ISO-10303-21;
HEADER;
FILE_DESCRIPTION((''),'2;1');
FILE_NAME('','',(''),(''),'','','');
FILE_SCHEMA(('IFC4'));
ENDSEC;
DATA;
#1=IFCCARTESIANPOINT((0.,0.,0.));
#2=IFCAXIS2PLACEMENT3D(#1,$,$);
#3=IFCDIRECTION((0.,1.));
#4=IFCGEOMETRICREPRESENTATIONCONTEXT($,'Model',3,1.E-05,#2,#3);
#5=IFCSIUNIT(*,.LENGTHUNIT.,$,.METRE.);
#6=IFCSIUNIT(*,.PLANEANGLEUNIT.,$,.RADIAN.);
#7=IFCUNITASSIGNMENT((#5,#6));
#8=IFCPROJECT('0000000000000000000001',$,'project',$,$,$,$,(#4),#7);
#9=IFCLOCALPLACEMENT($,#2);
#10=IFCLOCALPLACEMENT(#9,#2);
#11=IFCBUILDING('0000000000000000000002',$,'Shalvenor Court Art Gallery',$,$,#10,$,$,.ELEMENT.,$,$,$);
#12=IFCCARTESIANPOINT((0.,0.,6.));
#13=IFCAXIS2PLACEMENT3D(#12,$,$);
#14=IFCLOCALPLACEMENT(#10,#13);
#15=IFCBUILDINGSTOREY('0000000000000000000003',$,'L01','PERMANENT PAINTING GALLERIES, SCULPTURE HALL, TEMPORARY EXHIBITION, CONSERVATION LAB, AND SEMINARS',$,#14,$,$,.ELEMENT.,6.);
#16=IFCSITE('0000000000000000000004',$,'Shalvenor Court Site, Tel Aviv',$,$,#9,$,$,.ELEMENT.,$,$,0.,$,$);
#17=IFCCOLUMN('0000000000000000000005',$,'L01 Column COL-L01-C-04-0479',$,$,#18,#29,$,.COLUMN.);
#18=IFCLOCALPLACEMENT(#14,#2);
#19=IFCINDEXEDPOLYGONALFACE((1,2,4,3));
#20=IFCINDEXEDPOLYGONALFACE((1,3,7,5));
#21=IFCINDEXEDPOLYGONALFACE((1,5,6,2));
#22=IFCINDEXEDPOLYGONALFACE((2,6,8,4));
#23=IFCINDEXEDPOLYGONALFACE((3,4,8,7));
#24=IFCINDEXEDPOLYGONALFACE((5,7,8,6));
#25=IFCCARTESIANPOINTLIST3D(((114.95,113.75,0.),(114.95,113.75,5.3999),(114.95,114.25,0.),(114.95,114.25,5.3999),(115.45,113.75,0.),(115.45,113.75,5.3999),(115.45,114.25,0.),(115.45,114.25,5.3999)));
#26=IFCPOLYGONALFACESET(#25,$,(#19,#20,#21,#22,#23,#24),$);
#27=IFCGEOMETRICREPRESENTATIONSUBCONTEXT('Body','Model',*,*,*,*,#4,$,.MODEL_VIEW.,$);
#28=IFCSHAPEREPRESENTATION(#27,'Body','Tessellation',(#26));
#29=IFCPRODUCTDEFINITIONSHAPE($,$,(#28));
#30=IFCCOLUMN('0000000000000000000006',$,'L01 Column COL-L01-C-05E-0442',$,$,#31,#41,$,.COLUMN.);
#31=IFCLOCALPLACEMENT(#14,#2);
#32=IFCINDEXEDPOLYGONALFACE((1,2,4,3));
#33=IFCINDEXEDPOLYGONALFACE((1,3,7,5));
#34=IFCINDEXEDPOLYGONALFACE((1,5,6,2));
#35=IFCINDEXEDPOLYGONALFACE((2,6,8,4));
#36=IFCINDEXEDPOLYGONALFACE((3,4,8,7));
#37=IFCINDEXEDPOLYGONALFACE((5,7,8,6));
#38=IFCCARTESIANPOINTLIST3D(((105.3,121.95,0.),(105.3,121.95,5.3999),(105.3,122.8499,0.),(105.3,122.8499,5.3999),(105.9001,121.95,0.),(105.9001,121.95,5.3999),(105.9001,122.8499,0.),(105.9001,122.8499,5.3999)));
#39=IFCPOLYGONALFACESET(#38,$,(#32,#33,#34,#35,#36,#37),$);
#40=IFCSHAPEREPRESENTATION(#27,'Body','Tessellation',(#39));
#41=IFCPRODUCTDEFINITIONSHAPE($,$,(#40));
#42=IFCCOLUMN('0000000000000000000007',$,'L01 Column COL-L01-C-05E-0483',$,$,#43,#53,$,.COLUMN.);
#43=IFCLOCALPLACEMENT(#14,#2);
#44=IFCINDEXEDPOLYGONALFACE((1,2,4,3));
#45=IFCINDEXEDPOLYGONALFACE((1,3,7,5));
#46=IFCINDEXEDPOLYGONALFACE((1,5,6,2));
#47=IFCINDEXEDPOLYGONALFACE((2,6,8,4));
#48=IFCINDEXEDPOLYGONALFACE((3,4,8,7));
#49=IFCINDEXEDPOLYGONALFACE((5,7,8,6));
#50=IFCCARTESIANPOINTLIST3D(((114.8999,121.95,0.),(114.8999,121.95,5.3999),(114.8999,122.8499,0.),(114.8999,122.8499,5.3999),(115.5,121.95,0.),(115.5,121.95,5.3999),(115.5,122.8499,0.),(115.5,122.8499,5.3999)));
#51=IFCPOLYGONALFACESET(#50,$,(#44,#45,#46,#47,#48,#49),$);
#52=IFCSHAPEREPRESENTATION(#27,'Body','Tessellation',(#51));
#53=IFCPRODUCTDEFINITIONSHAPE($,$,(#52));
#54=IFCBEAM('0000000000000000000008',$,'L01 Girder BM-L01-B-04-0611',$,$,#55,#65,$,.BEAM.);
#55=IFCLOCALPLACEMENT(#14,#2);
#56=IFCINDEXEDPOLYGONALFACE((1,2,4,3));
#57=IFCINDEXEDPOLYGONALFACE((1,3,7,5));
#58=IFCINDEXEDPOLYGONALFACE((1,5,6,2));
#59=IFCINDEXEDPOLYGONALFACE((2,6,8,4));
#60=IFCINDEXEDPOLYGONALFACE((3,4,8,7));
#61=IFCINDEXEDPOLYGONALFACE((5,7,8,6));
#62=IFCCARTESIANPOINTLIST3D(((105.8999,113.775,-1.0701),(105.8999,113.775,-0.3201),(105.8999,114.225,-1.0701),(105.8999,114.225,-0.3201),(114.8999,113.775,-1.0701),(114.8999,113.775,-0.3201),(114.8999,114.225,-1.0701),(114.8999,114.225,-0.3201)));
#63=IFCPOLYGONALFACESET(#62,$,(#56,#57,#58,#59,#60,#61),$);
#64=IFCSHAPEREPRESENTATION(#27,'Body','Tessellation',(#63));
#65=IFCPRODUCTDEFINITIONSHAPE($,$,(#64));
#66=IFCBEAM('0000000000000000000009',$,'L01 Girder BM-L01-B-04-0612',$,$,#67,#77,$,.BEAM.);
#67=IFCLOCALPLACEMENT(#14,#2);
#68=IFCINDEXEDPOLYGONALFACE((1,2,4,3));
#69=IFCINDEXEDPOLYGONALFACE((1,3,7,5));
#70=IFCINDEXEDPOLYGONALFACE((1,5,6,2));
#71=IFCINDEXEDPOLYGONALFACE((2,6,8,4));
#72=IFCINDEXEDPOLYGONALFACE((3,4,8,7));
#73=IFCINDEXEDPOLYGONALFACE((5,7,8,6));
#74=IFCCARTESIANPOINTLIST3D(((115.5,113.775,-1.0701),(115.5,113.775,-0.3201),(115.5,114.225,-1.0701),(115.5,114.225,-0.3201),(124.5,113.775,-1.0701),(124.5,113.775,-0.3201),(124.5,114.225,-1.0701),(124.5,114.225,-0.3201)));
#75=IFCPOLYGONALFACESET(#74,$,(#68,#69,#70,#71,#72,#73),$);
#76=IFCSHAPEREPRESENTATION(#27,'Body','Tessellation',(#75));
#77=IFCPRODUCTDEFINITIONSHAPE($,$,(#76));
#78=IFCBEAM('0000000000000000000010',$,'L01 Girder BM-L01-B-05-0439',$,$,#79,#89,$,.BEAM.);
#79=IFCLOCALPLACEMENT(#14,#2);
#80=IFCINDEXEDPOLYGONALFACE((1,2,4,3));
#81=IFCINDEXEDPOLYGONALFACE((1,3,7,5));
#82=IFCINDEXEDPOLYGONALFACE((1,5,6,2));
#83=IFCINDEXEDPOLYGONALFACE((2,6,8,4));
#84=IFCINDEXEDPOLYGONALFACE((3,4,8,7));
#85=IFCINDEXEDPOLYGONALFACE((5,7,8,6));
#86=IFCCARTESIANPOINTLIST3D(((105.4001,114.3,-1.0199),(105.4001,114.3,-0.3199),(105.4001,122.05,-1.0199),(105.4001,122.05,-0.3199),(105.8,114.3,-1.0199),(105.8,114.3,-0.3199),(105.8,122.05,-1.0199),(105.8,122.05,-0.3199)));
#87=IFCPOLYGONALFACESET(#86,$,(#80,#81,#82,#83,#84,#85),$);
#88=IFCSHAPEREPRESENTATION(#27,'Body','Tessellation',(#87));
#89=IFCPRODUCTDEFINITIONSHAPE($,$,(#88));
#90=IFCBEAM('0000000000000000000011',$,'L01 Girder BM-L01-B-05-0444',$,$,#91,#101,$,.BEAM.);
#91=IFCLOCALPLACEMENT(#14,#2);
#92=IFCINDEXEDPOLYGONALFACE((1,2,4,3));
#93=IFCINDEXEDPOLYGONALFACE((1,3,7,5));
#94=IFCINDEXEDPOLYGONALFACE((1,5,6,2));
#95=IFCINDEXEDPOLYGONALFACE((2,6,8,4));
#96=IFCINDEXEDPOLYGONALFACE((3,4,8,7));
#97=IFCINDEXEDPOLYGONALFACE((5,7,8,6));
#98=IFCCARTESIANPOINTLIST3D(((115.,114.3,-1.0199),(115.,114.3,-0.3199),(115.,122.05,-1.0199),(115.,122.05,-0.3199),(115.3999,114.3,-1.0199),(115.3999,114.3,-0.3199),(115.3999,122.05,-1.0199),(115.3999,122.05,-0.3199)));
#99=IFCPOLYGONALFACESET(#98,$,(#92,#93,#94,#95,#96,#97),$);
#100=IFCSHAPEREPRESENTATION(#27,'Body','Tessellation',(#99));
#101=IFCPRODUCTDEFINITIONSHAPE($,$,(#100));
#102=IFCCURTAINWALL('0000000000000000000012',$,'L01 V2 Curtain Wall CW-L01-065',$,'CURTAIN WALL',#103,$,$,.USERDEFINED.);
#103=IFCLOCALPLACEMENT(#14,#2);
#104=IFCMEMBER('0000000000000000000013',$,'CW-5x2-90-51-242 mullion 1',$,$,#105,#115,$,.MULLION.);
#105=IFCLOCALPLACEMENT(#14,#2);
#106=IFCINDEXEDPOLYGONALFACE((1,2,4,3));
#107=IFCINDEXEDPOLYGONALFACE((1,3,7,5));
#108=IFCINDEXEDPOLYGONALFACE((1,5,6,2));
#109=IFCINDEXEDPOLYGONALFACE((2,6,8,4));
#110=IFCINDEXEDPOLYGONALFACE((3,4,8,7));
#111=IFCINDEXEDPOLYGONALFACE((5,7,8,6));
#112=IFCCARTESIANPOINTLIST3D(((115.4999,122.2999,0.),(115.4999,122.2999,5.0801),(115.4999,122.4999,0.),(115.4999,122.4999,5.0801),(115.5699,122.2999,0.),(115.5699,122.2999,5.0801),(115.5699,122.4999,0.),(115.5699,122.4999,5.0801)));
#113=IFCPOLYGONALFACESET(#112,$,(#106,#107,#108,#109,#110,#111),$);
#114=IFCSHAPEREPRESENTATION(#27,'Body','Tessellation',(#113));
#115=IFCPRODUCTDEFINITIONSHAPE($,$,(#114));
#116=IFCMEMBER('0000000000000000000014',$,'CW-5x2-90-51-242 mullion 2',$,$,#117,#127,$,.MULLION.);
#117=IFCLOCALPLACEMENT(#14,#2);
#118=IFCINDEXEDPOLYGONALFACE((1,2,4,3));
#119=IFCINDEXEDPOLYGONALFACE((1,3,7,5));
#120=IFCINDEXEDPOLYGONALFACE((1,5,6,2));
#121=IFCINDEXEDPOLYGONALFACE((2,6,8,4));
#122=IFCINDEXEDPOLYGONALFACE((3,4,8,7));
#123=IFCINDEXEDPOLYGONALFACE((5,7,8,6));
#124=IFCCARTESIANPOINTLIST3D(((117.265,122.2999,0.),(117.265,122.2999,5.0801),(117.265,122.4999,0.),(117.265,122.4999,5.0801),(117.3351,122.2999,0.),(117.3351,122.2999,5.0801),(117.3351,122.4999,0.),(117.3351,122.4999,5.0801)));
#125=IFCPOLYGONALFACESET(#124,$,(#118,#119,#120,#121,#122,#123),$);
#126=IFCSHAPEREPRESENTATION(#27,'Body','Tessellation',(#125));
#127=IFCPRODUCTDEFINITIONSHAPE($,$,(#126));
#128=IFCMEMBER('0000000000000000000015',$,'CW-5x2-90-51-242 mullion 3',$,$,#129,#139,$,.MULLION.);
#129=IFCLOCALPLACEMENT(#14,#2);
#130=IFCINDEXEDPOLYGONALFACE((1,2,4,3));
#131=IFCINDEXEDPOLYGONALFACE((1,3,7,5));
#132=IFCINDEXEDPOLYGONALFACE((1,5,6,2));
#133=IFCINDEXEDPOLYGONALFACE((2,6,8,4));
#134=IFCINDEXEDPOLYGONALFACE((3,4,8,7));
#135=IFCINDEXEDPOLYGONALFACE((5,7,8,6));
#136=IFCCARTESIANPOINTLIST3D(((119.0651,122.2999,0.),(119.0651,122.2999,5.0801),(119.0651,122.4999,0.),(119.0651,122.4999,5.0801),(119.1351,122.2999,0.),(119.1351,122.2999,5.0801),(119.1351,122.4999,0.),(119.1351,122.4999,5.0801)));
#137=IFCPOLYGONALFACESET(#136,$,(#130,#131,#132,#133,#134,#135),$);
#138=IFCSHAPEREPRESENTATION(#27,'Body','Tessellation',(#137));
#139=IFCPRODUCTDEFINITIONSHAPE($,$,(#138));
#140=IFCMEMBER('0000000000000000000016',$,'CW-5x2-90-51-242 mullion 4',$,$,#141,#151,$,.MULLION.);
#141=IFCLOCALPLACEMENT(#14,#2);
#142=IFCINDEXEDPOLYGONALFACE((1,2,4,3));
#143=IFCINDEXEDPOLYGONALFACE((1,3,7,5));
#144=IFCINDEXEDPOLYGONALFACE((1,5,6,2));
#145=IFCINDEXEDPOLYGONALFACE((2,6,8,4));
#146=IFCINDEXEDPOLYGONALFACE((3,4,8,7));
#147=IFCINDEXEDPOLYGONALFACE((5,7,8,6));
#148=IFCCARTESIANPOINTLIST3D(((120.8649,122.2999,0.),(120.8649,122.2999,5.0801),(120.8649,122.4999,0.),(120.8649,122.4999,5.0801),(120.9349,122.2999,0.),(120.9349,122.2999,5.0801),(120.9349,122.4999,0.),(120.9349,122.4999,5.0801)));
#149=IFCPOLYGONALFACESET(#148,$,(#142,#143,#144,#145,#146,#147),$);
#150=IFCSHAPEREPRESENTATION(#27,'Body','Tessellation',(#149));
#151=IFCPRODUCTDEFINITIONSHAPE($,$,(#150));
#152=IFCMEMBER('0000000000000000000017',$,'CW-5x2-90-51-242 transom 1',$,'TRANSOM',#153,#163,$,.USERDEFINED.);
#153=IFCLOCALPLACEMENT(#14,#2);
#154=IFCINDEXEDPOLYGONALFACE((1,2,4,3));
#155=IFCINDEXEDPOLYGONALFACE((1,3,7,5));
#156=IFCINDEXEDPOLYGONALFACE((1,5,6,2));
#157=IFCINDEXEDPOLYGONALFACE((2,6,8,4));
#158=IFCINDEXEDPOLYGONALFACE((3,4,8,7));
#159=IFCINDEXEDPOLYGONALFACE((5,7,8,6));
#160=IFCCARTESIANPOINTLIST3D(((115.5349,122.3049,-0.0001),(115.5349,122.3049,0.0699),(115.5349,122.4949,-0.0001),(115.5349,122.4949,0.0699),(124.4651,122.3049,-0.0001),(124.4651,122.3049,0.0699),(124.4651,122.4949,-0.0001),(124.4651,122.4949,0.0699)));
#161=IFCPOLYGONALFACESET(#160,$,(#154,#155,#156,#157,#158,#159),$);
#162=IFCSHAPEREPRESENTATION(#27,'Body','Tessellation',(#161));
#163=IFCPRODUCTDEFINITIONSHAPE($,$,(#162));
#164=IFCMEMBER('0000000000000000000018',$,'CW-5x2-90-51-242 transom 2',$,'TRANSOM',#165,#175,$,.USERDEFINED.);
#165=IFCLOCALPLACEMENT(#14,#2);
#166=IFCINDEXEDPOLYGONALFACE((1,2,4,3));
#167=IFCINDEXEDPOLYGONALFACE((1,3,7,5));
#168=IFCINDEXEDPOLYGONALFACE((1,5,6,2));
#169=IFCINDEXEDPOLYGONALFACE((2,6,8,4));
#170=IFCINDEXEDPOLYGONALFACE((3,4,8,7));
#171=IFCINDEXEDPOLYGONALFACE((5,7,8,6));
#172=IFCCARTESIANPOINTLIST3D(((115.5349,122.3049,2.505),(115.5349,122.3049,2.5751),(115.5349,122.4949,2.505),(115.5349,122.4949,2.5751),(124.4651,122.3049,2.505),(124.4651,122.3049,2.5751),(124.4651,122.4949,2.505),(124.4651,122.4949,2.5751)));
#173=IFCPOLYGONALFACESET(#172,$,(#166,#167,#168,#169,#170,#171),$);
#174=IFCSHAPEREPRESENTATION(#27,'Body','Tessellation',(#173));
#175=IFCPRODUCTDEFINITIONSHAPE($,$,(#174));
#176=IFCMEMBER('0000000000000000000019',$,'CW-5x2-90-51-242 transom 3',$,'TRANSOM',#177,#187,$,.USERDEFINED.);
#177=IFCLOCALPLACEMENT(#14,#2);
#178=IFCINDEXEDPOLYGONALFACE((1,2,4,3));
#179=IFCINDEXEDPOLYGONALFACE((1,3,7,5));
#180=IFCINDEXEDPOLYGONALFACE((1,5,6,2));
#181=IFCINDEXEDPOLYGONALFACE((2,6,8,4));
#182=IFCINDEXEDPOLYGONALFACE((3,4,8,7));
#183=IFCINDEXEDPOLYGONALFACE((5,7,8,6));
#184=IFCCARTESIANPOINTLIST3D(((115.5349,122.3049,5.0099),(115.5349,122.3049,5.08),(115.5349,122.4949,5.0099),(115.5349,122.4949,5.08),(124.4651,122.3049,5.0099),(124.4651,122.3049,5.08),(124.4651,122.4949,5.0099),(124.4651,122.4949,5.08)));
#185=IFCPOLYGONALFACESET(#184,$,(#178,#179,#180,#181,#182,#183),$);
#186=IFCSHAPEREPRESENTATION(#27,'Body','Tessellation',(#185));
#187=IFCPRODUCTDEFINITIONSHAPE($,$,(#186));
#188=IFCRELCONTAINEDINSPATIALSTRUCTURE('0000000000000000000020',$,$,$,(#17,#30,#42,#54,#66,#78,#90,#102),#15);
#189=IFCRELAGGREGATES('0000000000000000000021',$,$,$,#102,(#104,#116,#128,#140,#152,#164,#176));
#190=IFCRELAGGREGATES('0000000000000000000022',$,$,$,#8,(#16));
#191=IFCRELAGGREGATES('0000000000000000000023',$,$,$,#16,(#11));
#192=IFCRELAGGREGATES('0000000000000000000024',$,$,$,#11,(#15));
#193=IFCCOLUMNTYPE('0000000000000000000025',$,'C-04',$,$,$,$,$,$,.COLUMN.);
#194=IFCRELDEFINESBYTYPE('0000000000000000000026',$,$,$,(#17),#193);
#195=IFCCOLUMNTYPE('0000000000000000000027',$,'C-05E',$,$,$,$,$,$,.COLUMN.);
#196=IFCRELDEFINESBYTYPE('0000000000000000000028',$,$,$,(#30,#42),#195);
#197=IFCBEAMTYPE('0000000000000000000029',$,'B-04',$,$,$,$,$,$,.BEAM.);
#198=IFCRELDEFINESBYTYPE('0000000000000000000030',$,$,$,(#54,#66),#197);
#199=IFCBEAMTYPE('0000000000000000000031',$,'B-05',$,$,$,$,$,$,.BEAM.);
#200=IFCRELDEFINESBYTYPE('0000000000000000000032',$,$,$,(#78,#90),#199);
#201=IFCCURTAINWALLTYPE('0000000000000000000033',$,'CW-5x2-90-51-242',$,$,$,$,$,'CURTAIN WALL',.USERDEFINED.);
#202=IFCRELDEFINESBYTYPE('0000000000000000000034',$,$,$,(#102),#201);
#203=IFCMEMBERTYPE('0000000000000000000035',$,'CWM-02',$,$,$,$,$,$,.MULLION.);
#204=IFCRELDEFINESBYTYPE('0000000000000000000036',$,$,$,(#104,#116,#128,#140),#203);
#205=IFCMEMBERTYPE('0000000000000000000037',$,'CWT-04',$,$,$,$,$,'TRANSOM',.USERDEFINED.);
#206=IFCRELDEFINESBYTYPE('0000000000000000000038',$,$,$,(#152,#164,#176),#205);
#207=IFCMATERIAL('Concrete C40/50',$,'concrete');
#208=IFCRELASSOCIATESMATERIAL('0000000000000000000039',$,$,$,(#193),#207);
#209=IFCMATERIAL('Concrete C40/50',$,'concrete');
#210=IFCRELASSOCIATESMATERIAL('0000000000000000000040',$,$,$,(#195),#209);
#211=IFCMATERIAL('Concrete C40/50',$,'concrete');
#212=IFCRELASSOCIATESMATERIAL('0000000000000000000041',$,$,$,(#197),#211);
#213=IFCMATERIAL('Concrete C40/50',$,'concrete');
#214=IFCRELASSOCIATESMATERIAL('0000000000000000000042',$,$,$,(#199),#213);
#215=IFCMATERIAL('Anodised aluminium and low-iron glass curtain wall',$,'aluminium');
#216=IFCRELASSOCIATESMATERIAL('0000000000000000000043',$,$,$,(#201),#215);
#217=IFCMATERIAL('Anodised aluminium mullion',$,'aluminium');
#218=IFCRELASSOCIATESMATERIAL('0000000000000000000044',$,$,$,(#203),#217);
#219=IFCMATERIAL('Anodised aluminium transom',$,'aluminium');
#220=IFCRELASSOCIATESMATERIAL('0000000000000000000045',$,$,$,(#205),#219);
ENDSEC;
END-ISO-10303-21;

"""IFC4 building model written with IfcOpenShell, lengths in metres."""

from ifc_helpers import new_model, si_unit, direction, frame, origin, origin_2d, place, context, subcontext, project, spatial, rectangle, extrude, material, material_profile, profile_set, type_object, element, aggregate, save


model = new_model("IFC4")

# Units and contexts
model_context = context("Model", 3, precision=1e-05, world=origin(), true_north=direction((0.0, 1.0)))
body_context = subcontext(model_context, "Body", "Model", "MODEL_VIEW")
ifc_project = project(units=[si_unit("LENGTHUNIT", "METRE"), si_unit("PLANEANGLEUNIT", "RADIAN")], contexts=[model_context])

# Site, building, storey
site_placement = place(None, origin())
site = spatial("IfcSite", under=ifc_project, at=site_placement, Name="Shalvenor Court Site, Tel Aviv", CompositionType="ELEMENT", RefElevation=0.0)
building_placement = place(site_placement, origin())
building = spatial("IfcBuilding", under=site, at=building_placement, Name="Shalvenor Court Art Gallery", CompositionType="ELEMENT")
storey_placement = place(building_placement, frame((0.0, 0.0, 6.0)))
storey = spatial("IfcBuildingStorey", under=building, at=storey_placement, Name="L01", Description="PERMANENT PAINTING GALLERIES, SCULPTURE HALL, TEMPORARY EXHIBITION, CONSERVATION LAB, AND SEMINARS", CompositionType="ELEMENT", Elevation=6.0)

# Columns
ifc_material_1 = material(Name="Concrete C40/50", Category="concrete")
ifc_material_profile_1 = material_profile(ifc_material_1, rectangle(XDim=0.5, YDim=0.5, at=origin_2d()), Name="RC 500x500")
ifc_profile_set_1 = profile_set([ifc_material_profile_1], Name="Concrete C40/50")
column_type_1 = type_object("IfcColumnType", Name="C-04", PredefinedType="COLUMN", material=ifc_profile_set_1)
column_placement = place(storey_placement, frame((115.2, 114.0, 0.0), z_axis=(0.0, 0.0, 1.0), x_axis=(1.0, 0.0, 0.0)))
element("IfcColumn", 1, at=column_placement, inside=storey, type_object=column_type_1, Name="L01 Column COL-L01-C-04-0479", PredefinedType="COLUMN", context=body_context, shape_type="SweptSolid", body=[
    extrude(rectangle(XDim=0.5, YDim=0.5, at=origin_2d()), origin(), (0.0, 0.0, 1.0), 5.3999),
])
ifc_material_2 = material(Name="Concrete C40/50", Category="concrete")
ifc_material_profile_2 = material_profile(ifc_material_2, rectangle(XDim=0.6001, YDim=0.8999, at=origin_2d()), Name="RC 600x900")
ifc_profile_set_2 = profile_set([ifc_material_profile_2], Name="Concrete C40/50")
column_type_2 = type_object("IfcColumnType", Name="C-05E", PredefinedType="COLUMN", material=ifc_profile_set_2)
for number, where, z_axis, x_axis, name in (
    (2, (105.6001, 122.3999, 0.0), (0.0, 0.0, 1.0), (1.0, 0.0, 0.0), "L01 Column COL-L01-C-05E-0442"),
    (3, (115.2, 122.3999, 0.0), (0.0, 0.0, 1.0), (1.0, 0.0, 0.0), "L01 Column COL-L01-C-05E-0483"),
):
    element("IfcColumn", number, at=place(storey_placement, frame(where, z_axis=z_axis, x_axis=x_axis)), inside=storey, type_object=column_type_2, Name=name, PredefinedType="COLUMN", context=body_context, shape_type="SweptSolid", body=[
        extrude(rectangle(XDim=0.6001, YDim=0.8999, at=origin_2d()), origin(), (0.0, 0.0, 1.0), 5.3999),
    ])

# Beams
ifc_material_3 = material(Name="Concrete C40/50", Category="concrete")
ifc_material_profile_3 = material_profile(ifc_material_3, rectangle(XDim=0.45, YDim=0.75, at=origin_2d()), Name="RC 450x750")
ifc_profile_set_3 = profile_set([ifc_material_profile_3], Name="Concrete C40/50")
beam_type_1 = type_object("IfcBeamType", Name="B-04", PredefinedType="BEAM", material=ifc_profile_set_3)
for number, where, z_axis, x_axis, name in (
    (4, (105.8999, 114.0, -0.6951), (1.0, 0.0, 0.0), (0.0, 1.0, 0.0), "L01 Girder BM-L01-B-04-0611"),
    (5, (115.5, 114.0, -0.6951), (1.0, 0.0, 0.0), (0.0, 1.0, 0.0), "L01 Girder BM-L01-B-04-0612"),
):
    element("IfcBeam", number, at=place(storey_placement, frame(where, z_axis=z_axis, x_axis=x_axis)), inside=storey, type_object=beam_type_1, Name=name, PredefinedType="BEAM", context=body_context, shape_type="SweptSolid", body=[
        extrude(rectangle(XDim=0.45, YDim=0.75, at=origin_2d()), origin(), (0.0, 0.0, 1.0), 9.0),
    ])
ifc_material_4 = material(Name="Concrete C40/50", Category="concrete")
ifc_material_profile_4 = material_profile(ifc_material_4, rectangle(XDim=0.3999, YDim=0.7, at=origin_2d()), Name="RC 400x700")
ifc_profile_set_4 = profile_set([ifc_material_profile_4], Name="Concrete C40/50")
beam_type_2 = type_object("IfcBeamType", Name="B-05", PredefinedType="BEAM", material=ifc_profile_set_4)
for number, where, z_axis, x_axis, name in (
    (6, (105.6001, 114.3, -0.6699), (0.0, 1.0, 0.0), (-1.0, 0.0, 0.0), "L01 Girder BM-L01-B-05-0439"),
    (7, (115.2, 114.3, -0.6699), (0.0, 1.0, 0.0), (-1.0, 0.0, 0.0), "L01 Girder BM-L01-B-05-0444"),
):
    element("IfcBeam", number, at=place(storey_placement, frame(where, z_axis=z_axis, x_axis=x_axis)), inside=storey, type_object=beam_type_2, Name=name, PredefinedType="BEAM", context=body_context, shape_type="SweptSolid", body=[
        extrude(rectangle(XDim=0.3999, YDim=0.7, at=origin_2d()), origin(), (0.0, 0.0, 1.0), 7.75),
    ])

# Curtain wall, members
ifc_material_5 = material(Name="Anodised aluminium and low-iron glass curtain wall", Category="aluminium")
curtain_wall_type = type_object("IfcCurtainWallType", Name="CW-5x2-90-51-242", ElementType="CURTAIN WALL", PredefinedType="USERDEFINED", material=ifc_material_5)
curtain_wall_placement = place(storey_placement, origin())
curtain_wall = element("IfcCurtainWall", 8, at=curtain_wall_placement, inside=storey, type_object=curtain_wall_type, Name="L01 V2 Curtain Wall CW-L01-065", ObjectType="CURTAIN WALL", PredefinedType="USERDEFINED")
ifc_material_6 = material(Name="Anodised aluminium mullion", Category="aluminium")
ifc_material_profile_5 = material_profile(ifc_material_6, rectangle(XDim=0.0701, YDim=0.2, at=origin_2d()), Name="CWM-02")
ifc_profile_set_5 = profile_set([ifc_material_profile_5], Name="Anodised aluminium mullion")
member_type_1 = type_object("IfcMemberType", Name="CWM-02", PredefinedType="MULLION", material=ifc_profile_set_5)
member_1_placement = place(storey_placement, frame((115.5349, 122.3999, 0.0), z_axis=(0.0, 0.0, 1.0), x_axis=(1.0, 0.0, 0.0)))
member_1 = element("IfcMember", 9, at=member_1_placement, type_object=member_type_1, Name="CW-5x2-90-51-242 mullion 1", PredefinedType="MULLION", context=body_context, shape_type="SweptSolid", body=[
    extrude(rectangle(XDim=0.0701, YDim=0.2, at=origin_2d()), origin(), (0.0, 0.0, 1.0), 5.0801),
])
member_2_placement = place(storey_placement, frame((117.3, 122.3999, 0.0), z_axis=(0.0, 0.0, 1.0), x_axis=(1.0, 0.0, 0.0)))
member_2 = element("IfcMember", 10, at=member_2_placement, type_object=member_type_1, Name="CW-5x2-90-51-242 mullion 2", PredefinedType="MULLION", context=body_context, shape_type="SweptSolid", body=[
    extrude(rectangle(XDim=0.0701, YDim=0.2, at=origin_2d()), origin(), (0.0, 0.0, 1.0), 5.0801),
])
member_3_placement = place(storey_placement, frame((119.1001, 122.3999, 0.0), z_axis=(0.0, 0.0, 1.0), x_axis=(1.0, 0.0, 0.0)))
member_3 = element("IfcMember", 11, at=member_3_placement, type_object=member_type_1, Name="CW-5x2-90-51-242 mullion 3", PredefinedType="MULLION", context=body_context, shape_type="SweptSolid", body=[
    extrude(rectangle(XDim=0.0701, YDim=0.2, at=origin_2d()), origin(), (0.0, 0.0, 1.0), 5.0801),
])
member_4_placement = place(storey_placement, frame((120.8999, 122.3999, 0.0), z_axis=(0.0, 0.0, 1.0), x_axis=(1.0, 0.0, 0.0)))
member_4 = element("IfcMember", 12, at=member_4_placement, type_object=member_type_1, Name="CW-5x2-90-51-242 mullion 4", PredefinedType="MULLION", context=body_context, shape_type="SweptSolid", body=[
    extrude(rectangle(XDim=0.0701, YDim=0.2, at=origin_2d()), origin(), (0.0, 0.0, 1.0), 5.0801),
])
ifc_material_7 = material(Name="Anodised aluminium transom", Category="aluminium")
ifc_material_profile_6 = material_profile(ifc_material_7, rectangle(XDim=0.1899, YDim=0.0701, at=origin_2d()), Name="CWT-04")
ifc_profile_set_6 = profile_set([ifc_material_profile_6], Name="Anodised aluminium transom")
member_type_2 = type_object("IfcMemberType", Name="CWT-04", ElementType="TRANSOM", PredefinedType="USERDEFINED", material=ifc_profile_set_6)
member_5_placement = place(storey_placement, frame((115.5349, 122.3999, 0.0349), z_axis=(1.0, 0.0, 0.0), x_axis=(0.0, 1.0, 0.0)))
member_5 = element("IfcMember", 13, at=member_5_placement, type_object=member_type_2, Name="CW-5x2-90-51-242 transom 1", ObjectType="TRANSOM", PredefinedType="USERDEFINED", context=body_context, shape_type="SweptSolid", body=[
    extrude(rectangle(XDim=0.1899, YDim=0.0701, at=origin_2d()), origin(), (0.0, 0.0, 1.0), 8.9302),
])
member_6_placement = place(storey_placement, frame((115.5349, 122.3999, 2.54), z_axis=(1.0, 0.0, 0.0), x_axis=(0.0, 1.0, 0.0)))
member_6 = element("IfcMember", 14, at=member_6_placement, type_object=member_type_2, Name="CW-5x2-90-51-242 transom 2", ObjectType="TRANSOM", PredefinedType="USERDEFINED", context=body_context, shape_type="SweptSolid", body=[
    extrude(rectangle(XDim=0.1899, YDim=0.0701, at=origin_2d()), origin(), (0.0, 0.0, 1.0), 8.9302),
])
member_7_placement = place(storey_placement, frame((115.5349, 122.3999, 5.0449), z_axis=(1.0, 0.0, 0.0), x_axis=(0.0, 1.0, 0.0)))
member_7 = element("IfcMember", 15, at=member_7_placement, type_object=member_type_2, Name="CW-5x2-90-51-242 transom 3", ObjectType="TRANSOM", PredefinedType="USERDEFINED", context=body_context, shape_type="SweptSolid", body=[
    extrude(rectangle(XDim=0.1899, YDim=0.0701, at=origin_2d()), origin(), (0.0, 0.0, 1.0), 8.9302),
])

aggregate(curtain_wall, [member_1, member_2, member_3, member_4, member_5, member_6, member_7])

save(model, "model.ifc")
